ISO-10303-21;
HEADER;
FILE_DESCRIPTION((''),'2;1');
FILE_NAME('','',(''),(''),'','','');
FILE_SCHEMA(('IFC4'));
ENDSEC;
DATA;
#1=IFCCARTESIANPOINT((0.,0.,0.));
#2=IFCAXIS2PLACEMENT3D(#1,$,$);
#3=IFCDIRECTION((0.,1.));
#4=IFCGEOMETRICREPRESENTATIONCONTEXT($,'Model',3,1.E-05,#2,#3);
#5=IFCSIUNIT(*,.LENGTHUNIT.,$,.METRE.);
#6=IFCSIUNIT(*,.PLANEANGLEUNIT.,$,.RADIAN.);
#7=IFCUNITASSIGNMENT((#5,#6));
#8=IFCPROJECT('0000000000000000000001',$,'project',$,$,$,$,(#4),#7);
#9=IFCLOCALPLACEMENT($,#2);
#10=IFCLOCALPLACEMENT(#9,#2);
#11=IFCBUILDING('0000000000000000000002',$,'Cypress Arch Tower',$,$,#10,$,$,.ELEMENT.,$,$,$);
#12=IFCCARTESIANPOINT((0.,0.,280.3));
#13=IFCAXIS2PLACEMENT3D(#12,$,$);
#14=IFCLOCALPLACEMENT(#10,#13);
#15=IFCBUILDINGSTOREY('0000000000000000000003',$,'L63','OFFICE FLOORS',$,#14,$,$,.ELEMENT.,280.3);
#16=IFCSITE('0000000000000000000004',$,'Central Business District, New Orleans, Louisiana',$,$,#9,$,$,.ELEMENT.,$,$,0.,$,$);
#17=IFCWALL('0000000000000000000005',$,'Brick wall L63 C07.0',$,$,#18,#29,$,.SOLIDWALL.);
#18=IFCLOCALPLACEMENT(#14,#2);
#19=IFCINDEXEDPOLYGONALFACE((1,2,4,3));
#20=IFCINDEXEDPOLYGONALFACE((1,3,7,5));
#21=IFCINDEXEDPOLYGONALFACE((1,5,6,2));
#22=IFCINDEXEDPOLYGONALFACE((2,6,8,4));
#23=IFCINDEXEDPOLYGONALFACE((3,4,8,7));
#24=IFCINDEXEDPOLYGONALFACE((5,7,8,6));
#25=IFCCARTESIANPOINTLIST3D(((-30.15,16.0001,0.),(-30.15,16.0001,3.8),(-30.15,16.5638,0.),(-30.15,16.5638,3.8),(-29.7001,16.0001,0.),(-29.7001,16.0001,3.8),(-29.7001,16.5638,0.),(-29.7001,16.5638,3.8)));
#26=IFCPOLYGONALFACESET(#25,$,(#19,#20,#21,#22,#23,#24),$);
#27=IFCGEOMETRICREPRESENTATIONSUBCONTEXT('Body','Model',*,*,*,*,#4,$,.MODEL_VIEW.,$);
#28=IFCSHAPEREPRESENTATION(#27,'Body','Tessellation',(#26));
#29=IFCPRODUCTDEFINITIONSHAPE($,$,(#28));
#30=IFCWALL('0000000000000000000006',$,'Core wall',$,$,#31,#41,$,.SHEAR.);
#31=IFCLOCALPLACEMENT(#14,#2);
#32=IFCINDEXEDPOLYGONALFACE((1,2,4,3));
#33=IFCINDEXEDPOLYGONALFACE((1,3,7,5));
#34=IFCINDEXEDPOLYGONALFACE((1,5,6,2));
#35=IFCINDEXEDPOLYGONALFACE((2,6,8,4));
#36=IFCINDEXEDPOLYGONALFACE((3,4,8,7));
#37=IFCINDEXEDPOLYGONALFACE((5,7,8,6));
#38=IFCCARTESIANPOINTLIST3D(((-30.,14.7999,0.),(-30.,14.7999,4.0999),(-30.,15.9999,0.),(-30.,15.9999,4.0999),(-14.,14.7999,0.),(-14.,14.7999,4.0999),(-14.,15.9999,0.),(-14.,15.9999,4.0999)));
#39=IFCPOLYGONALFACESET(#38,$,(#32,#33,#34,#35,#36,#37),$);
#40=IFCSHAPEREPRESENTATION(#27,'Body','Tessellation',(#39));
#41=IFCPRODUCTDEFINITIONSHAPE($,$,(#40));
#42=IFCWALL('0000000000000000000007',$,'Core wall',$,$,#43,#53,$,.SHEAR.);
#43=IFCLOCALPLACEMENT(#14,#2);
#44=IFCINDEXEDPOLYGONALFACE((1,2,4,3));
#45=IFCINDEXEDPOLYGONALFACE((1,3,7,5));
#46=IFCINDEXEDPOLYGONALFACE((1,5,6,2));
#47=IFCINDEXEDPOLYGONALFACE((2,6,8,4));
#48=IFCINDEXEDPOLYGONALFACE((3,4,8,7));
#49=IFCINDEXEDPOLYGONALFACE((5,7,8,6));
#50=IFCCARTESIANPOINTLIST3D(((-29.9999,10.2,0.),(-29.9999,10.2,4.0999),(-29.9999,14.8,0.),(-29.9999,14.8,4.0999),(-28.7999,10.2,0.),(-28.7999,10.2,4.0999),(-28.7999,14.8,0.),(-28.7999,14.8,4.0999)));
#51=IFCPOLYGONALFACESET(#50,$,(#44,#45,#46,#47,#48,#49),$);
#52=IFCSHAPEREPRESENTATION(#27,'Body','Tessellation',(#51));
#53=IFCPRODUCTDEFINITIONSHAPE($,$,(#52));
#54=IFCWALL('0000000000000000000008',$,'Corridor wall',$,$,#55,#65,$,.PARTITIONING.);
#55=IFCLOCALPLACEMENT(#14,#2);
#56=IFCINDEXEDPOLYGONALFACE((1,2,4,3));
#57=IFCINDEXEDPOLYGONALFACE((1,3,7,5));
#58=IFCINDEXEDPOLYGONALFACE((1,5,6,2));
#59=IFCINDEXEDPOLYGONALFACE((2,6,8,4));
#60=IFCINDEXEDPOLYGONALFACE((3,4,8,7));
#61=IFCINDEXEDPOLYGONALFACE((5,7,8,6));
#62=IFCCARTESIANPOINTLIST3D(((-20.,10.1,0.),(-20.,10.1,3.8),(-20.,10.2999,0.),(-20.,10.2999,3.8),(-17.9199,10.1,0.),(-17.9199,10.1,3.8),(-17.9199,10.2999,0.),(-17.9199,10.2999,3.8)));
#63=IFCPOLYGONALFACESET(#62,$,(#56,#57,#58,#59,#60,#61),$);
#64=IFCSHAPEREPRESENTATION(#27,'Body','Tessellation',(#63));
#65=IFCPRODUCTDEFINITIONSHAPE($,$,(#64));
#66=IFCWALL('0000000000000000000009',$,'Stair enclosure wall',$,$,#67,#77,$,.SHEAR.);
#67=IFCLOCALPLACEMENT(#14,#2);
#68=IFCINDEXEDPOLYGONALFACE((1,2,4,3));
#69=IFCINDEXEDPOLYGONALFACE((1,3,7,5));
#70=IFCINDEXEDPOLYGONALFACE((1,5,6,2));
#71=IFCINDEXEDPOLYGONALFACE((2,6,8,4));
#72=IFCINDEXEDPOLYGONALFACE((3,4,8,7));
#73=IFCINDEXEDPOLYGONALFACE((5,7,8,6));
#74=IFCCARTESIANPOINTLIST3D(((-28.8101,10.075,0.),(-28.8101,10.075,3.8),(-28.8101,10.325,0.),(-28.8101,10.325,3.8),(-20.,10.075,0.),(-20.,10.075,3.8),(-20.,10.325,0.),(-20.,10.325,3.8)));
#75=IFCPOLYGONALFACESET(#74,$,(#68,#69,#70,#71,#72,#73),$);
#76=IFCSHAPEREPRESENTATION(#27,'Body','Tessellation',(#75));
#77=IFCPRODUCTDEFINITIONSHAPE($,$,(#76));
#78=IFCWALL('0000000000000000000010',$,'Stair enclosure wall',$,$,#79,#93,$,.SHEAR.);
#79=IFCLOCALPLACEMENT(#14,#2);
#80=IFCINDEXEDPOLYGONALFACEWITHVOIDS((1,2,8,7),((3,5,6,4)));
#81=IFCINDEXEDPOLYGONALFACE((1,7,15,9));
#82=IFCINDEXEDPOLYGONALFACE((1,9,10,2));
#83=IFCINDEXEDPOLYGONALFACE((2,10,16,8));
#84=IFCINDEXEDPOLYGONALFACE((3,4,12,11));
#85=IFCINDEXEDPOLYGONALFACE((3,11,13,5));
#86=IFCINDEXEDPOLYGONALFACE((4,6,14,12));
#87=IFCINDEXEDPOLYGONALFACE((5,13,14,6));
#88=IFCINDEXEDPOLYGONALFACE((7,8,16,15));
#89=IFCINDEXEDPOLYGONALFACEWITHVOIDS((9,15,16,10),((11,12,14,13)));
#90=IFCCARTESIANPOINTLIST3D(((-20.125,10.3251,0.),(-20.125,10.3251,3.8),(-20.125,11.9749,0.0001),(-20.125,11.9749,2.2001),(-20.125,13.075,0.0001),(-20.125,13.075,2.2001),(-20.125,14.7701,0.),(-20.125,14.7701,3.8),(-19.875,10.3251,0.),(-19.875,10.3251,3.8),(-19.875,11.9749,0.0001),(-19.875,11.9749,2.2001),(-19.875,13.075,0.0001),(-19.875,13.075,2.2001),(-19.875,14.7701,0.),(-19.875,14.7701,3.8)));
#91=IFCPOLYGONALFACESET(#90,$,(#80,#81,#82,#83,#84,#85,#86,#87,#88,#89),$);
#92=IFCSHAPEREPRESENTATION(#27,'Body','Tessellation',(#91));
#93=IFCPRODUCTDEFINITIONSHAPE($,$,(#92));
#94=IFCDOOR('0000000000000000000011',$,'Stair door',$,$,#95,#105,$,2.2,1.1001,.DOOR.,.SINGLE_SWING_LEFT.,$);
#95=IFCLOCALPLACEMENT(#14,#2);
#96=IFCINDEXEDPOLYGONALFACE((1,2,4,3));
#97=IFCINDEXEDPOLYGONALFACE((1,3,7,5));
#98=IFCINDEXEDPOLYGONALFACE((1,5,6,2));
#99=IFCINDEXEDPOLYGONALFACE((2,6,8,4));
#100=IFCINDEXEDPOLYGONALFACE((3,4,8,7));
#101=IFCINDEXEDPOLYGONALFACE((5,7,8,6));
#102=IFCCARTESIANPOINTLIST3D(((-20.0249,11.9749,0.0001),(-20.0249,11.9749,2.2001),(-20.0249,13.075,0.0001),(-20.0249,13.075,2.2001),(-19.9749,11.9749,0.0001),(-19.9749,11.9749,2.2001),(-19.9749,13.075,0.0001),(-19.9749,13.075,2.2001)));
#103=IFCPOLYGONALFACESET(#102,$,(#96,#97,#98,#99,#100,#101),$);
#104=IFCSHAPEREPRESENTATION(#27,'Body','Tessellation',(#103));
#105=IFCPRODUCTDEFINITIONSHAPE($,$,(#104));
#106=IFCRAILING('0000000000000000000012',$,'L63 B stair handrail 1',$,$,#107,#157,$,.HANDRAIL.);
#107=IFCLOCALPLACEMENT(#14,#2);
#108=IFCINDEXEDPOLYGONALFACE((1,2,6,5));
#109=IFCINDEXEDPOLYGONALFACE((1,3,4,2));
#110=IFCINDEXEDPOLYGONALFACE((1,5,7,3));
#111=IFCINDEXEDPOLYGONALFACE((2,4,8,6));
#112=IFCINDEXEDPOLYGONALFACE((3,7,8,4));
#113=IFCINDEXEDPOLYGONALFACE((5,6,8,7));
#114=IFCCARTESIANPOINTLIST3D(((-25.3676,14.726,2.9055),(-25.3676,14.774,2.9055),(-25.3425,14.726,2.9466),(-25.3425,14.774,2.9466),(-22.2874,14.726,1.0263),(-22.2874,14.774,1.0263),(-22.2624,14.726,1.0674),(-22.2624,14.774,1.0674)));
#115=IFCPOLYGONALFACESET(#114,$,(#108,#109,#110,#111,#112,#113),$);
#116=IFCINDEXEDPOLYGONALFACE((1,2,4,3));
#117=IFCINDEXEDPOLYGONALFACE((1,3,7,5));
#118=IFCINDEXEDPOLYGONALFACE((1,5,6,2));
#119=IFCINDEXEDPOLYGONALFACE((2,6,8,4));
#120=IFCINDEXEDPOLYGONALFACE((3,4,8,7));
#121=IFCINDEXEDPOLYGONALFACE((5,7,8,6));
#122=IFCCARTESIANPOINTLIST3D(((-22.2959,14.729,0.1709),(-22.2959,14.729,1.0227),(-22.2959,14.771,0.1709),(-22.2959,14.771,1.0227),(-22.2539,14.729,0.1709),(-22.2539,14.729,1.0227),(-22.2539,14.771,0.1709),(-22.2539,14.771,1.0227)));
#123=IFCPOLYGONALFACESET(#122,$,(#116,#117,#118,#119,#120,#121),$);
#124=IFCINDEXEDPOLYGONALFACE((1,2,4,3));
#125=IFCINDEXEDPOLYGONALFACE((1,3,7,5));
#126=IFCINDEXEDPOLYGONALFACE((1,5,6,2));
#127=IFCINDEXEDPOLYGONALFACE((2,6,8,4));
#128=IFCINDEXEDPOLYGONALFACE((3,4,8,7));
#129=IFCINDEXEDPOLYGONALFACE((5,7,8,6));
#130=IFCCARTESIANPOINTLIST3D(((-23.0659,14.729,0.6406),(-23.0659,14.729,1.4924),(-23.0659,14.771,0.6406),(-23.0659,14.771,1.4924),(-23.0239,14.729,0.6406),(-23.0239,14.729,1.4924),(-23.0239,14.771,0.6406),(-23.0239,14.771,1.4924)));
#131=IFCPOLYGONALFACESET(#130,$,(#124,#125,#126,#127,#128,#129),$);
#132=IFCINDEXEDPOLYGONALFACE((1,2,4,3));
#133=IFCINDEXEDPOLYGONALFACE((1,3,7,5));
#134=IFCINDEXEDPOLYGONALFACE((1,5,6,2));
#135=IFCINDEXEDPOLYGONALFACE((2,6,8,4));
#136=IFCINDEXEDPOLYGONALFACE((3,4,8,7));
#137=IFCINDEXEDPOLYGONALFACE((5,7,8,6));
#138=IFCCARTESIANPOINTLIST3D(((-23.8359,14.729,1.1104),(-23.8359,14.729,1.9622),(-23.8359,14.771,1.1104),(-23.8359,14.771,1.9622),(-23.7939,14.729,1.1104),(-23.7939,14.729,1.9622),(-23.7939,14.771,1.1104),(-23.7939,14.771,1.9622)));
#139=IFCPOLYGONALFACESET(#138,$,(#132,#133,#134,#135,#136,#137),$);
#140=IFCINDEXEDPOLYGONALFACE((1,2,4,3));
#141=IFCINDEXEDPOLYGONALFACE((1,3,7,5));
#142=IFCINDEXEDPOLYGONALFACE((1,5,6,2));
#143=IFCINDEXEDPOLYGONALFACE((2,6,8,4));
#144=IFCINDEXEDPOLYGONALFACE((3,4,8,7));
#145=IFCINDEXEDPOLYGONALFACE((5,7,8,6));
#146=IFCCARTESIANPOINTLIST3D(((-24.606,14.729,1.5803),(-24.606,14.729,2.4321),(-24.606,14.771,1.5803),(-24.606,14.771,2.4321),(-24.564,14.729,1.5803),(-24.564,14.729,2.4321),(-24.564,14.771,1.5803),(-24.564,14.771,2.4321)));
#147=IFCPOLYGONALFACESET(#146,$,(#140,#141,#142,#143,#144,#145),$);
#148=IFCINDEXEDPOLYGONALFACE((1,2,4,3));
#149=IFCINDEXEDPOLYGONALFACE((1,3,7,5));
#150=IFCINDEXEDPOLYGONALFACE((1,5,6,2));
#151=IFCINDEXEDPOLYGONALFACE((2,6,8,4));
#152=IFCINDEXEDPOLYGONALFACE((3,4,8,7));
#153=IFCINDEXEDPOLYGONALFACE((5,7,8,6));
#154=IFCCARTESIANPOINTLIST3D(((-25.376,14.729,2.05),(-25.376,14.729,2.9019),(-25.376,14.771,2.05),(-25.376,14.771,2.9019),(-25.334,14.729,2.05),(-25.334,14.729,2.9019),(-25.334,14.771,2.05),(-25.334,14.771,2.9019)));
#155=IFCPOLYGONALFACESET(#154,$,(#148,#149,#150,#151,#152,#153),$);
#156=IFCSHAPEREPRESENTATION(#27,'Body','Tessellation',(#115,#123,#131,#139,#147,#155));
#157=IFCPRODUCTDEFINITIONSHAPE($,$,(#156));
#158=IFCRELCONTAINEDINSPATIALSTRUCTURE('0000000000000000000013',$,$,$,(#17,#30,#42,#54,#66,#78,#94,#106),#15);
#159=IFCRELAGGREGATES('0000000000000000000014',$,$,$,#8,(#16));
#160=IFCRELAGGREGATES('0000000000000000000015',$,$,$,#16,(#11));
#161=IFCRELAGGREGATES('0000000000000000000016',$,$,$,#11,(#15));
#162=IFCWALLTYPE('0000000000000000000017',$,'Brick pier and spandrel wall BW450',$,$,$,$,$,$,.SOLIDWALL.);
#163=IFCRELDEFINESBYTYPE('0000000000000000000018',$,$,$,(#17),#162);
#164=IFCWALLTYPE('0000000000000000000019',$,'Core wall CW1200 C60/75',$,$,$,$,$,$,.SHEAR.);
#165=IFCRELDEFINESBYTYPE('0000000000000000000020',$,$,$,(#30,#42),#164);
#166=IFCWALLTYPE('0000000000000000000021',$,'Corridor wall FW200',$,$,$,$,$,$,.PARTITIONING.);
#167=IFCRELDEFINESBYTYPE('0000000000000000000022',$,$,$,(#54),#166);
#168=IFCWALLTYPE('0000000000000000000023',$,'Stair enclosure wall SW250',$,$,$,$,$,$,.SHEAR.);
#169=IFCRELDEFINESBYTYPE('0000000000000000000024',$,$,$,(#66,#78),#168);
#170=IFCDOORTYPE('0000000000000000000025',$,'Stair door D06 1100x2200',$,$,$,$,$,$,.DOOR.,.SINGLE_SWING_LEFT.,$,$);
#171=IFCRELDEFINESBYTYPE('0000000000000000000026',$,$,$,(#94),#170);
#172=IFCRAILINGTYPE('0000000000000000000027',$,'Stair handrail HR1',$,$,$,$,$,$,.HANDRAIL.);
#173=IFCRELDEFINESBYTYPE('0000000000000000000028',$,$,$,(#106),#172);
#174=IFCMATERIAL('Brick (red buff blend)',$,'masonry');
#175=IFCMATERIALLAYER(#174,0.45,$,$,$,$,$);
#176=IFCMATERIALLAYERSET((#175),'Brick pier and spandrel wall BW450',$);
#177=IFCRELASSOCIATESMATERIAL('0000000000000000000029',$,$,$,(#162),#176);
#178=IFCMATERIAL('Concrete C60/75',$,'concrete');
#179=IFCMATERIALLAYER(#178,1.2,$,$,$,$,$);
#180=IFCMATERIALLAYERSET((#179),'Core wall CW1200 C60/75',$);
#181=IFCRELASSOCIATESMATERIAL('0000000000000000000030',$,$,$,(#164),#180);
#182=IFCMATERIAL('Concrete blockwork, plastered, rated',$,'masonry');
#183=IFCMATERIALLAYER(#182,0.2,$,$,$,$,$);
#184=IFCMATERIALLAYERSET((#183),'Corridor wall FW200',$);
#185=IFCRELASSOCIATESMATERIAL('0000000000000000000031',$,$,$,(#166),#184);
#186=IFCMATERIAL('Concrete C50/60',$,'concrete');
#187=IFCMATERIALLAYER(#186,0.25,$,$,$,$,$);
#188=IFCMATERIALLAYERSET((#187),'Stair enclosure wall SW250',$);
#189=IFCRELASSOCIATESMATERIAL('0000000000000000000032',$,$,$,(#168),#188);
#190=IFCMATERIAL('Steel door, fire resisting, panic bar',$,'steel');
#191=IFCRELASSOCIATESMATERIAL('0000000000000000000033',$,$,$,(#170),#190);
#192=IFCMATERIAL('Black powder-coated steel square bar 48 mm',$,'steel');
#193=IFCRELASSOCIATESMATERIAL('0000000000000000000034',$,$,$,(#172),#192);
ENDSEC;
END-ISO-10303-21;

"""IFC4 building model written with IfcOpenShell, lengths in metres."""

from ifc_helpers import new_model, si_unit, direction, frame, frame_2d, origin, origin_2d, place, context, subcontext, project, spatial, rectangle, extrude, material, layer, layer_set, type_object, element, fill, save


model = new_model("IFC4")

# Units and contexts
model_context = context("Model", 3, precision=1e-05, world=origin(), true_north=direction((0.0, 1.0)))
body_context = subcontext(model_context, "Body", "Model", "MODEL_VIEW")
ifc_project = project(units=[si_unit("LENGTHUNIT", "METRE"), si_unit("PLANEANGLEUNIT", "RADIAN")], contexts=[model_context])

# Site, building, storey
site_placement = place(None, origin())
site = spatial("IfcSite", under=ifc_project, at=site_placement, Name="Central Business District, New Orleans, Louisiana", CompositionType="ELEMENT", RefElevation=0.0)
building_placement = place(site_placement, origin())
building = spatial("IfcBuilding", under=site, at=building_placement, Name="Cypress Arch Tower", CompositionType="ELEMENT")
storey_placement = place(building_placement, frame((0.0, 0.0, 280.3)))
storey = spatial("IfcBuildingStorey", under=building, at=storey_placement, Name="L63", Description="OFFICE FLOORS", CompositionType="ELEMENT", Elevation=280.3)

# Shared definitions
ifc_material_1 = material(Name="Brick (red buff blend)", Category="masonry")
ifc_layer_1 = layer(ifc_material_1, 0.45)
ifc_layer_set_1 = layer_set([ifc_layer_1], Name="Brick pier and spandrel wall BW450")
wall_type_1 = type_object("IfcWallType", Name="Brick pier and spandrel wall BW450", PredefinedType="SOLIDWALL", material=ifc_layer_set_1)

# Walls
wall_1_placement = place(storey_placement, frame((-29.925, 16.5637, 0.0), z_axis=(0.0, 0.0, 1.0), x_axis=(0.0, -1.0, 0.0)))
element("IfcWall", 1, at=wall_1_placement, inside=storey, type_object=wall_type_1, Name="Brick wall L63 C07.0", PredefinedType="SOLIDWALL", context=body_context, shape_type="SweptSolid", body=[
    extrude(rectangle(XDim=0.5637, YDim=0.45, at=frame_2d((0.2817, 0.0))), origin(), (0.0, 0.0, 1.0), 3.8),
])
ifc_material_2 = material(Name="Concrete C60/75", Category="concrete")
ifc_layer_2 = layer(ifc_material_2, 1.2)
ifc_layer_set_2 = layer_set([ifc_layer_2], Name="Core wall CW1200 C60/75")
wall_type_2 = type_object("IfcWallType", Name="Core wall CW1200 C60/75", PredefinedType="SHEAR", material=ifc_layer_set_2)
wall_2_placement = place(storey_placement, frame((-30.0, 15.3999, 0.0), z_axis=(0.0, 0.0, 1.0), x_axis=(1.0, 0.0, 0.0)))
element("IfcWall", 2, at=wall_2_placement, inside=storey, type_object=wall_type_2, Name="Core wall", PredefinedType="SHEAR", context=body_context, shape_type="SweptSolid", body=[
    extrude(rectangle(XDim=16.0, YDim=1.2, at=frame_2d((8.0, 0.0))), origin(), (0.0, 0.0, 1.0), 4.0999),
])
wall_3_placement = place(storey_placement, frame((-29.3999, 10.2, 0.0), z_axis=(0.0, 0.0, 1.0), x_axis=(0.0, 1.0, 0.0)))
element("IfcWall", 3, at=wall_3_placement, inside=storey, type_object=wall_type_2, Name="Core wall", PredefinedType="SHEAR", context=body_context, shape_type="SweptSolid", body=[
    extrude(rectangle(XDim=4.6001, YDim=1.2, at=frame_2d((2.3, 0.0))), origin(), (0.0, 0.0, 1.0), 4.0999),
])
ifc_material_3 = material(Name="Concrete blockwork, plastered, rated", Category="masonry")
ifc_layer_3 = layer(ifc_material_3, 0.2)
ifc_layer_set_3 = layer_set([ifc_layer_3], Name="Corridor wall FW200")
wall_type_3 = type_object("IfcWallType", Name="Corridor wall FW200", PredefinedType="PARTITIONING", material=ifc_layer_set_3)
wall_4_placement = place(storey_placement, frame((-20.0, 10.2, 0.0), z_axis=(0.0, 0.0, 1.0), x_axis=(1.0, 0.0, 0.0)))
element("IfcWall", 4, at=wall_4_placement, inside=storey, type_object=wall_type_3, Name="Corridor wall", PredefinedType="PARTITIONING", context=body_context, shape_type="SweptSolid", body=[
    extrude(rectangle(XDim=2.0801, YDim=0.2, at=frame_2d((1.04, 0.0))), origin(), (0.0, 0.0, 1.0), 3.8),
])
ifc_material_4 = material(Name="Concrete C50/60", Category="concrete")
ifc_layer_4 = layer(ifc_material_4, 0.25)
ifc_layer_set_4 = layer_set([ifc_layer_4], Name="Stair enclosure wall SW250")
wall_type_4 = type_object("IfcWallType", Name="Stair enclosure wall SW250", PredefinedType="SHEAR", material=ifc_layer_set_4)
wall_5_placement = place(storey_placement, frame((-28.8101, 10.2, 0.0), z_axis=(0.0, 0.0, 1.0), x_axis=(1.0, 0.0, 0.0)))
element("IfcWall", 5, at=wall_5_placement, inside=storey, type_object=wall_type_4, Name="Stair enclosure wall", PredefinedType="SHEAR", context=body_context, shape_type="SweptSolid", body=[
    extrude(rectangle(XDim=8.8101, YDim=0.25, at=frame_2d((4.405, 0.0))), origin(), (0.0, 0.0, 1.0), 3.8),
])

# Wall, opening, door
wall_6_placement = place(storey_placement, frame((-20.0, 10.325, 0.0), z_axis=(0.0, 0.0, 1.0), x_axis=(0.0, 1.0, 0.0)))
wall_6 = element("IfcWall", 6, at=wall_6_placement, inside=storey, type_object=wall_type_4, Name="Stair enclosure wall", PredefinedType="SHEAR", context=body_context, shape_type="SweptSolid", body=[
    extrude(rectangle(XDim=4.4451, YDim=0.25, at=frame_2d((2.2227, 0.0))), origin(), (0.0, 0.0, 1.0), 3.8),
])
opening_1_placement = place(wall_6_placement, frame((1.6499, 0.0, 0.0)))
opening_1 = element("IfcOpeningElement", 7, at=opening_1_placement, cuts=wall_6, PredefinedType="OPENING", context=body_context, shape_type="SweptSolid", body=[
    extrude(rectangle(XDim=1.1001, YDim=2.2, at=frame_2d((0.55, 1.1001))), frame((0.0, 0.135, 0.0), z_axis=(0.0, -1.0, 0.0), x_axis=(1.0, 0.0, 0.0)), (0.0, 0.0, 1.0), 0.27),
])
ifc_material_5 = material(Name="Steel door, fire resisting, panic bar", Category="steel")
door_type = type_object("IfcDoorType", Name="Stair door D06 1100x2200", OperationType="SINGLE_SWING_LEFT", PredefinedType="DOOR", material=ifc_material_5)
door_placement = place(opening_1_placement, origin())
door = element("IfcDoor", 8, at=door_placement, inside=storey, type_object=door_type, Name="Stair door", OperationType="SINGLE_SWING_LEFT", OverallHeight=2.2, OverallWidth=1.1001, PredefinedType="DOOR", context=body_context, shape_type="SweptSolid", body=[
    extrude(rectangle(XDim=1.1001, YDim=2.2, at=frame_2d((0.55, 1.1001))), frame((0.0, 0.0249, 0.0), z_axis=(0.0, -1.0, 0.0), x_axis=(1.0, 0.0, 0.0)), (0.0, 0.0, 1.0), 0.05),
])
fill(opening_1, door)

# Railing
ifc_material_6 = material(Name="Black powder-coated steel square bar 48 mm", Category="steel")
railing_type_1 = type_object("IfcRailingType", Name="Stair handrail HR1", PredefinedType="HANDRAIL", material=ifc_material_6)
railing_1_placement = place(storey_placement, frame((-22.2749, 14.75, 0.1709)))
element("IfcRailing", 9, at=railing_1_placement, inside=storey, type_object=railing_type_1, Name="L63 B stair handrail 1", PredefinedType="HANDRAIL", context=body_context, shape_type="SweptSolid", body=[
    extrude(rectangle(XDim=0.0481, YDim=0.0481, at=origin_2d()), frame((0.0, 0.0, 0.876), z_axis=(-0.853666, 0.0, 0.52082), x_axis=(0.0, -1.0, 0.0)), (0.0, 0.0, 1.0), 3.6082),
    extrude(rectangle(XDim=0.042, YDim=0.042, at=origin_2d()), origin(), (0.0, 0.0, 1.0), 0.8518),
    extrude(rectangle(XDim=0.042, YDim=0.042, at=origin_2d()), frame((-0.77, 0.0, 0.4697)), (0.0, 0.0, 1.0), 0.8518),
    extrude(rectangle(XDim=0.042, YDim=0.042, at=origin_2d()), frame((-1.54, 0.0, 0.9395)), (0.0, 0.0, 1.0), 0.8518),
    extrude(rectangle(XDim=0.042, YDim=0.042, at=origin_2d()), frame((-2.3101, 0.0, 1.4094)), (0.0, 0.0, 1.0), 0.8518),
    extrude(rectangle(XDim=0.042, YDim=0.042, at=origin_2d()), frame((-3.0801, 0.0, 1.8792)), (0.0, 0.0, 1.0), 0.8518),
])

save(model, "model.ifc")
